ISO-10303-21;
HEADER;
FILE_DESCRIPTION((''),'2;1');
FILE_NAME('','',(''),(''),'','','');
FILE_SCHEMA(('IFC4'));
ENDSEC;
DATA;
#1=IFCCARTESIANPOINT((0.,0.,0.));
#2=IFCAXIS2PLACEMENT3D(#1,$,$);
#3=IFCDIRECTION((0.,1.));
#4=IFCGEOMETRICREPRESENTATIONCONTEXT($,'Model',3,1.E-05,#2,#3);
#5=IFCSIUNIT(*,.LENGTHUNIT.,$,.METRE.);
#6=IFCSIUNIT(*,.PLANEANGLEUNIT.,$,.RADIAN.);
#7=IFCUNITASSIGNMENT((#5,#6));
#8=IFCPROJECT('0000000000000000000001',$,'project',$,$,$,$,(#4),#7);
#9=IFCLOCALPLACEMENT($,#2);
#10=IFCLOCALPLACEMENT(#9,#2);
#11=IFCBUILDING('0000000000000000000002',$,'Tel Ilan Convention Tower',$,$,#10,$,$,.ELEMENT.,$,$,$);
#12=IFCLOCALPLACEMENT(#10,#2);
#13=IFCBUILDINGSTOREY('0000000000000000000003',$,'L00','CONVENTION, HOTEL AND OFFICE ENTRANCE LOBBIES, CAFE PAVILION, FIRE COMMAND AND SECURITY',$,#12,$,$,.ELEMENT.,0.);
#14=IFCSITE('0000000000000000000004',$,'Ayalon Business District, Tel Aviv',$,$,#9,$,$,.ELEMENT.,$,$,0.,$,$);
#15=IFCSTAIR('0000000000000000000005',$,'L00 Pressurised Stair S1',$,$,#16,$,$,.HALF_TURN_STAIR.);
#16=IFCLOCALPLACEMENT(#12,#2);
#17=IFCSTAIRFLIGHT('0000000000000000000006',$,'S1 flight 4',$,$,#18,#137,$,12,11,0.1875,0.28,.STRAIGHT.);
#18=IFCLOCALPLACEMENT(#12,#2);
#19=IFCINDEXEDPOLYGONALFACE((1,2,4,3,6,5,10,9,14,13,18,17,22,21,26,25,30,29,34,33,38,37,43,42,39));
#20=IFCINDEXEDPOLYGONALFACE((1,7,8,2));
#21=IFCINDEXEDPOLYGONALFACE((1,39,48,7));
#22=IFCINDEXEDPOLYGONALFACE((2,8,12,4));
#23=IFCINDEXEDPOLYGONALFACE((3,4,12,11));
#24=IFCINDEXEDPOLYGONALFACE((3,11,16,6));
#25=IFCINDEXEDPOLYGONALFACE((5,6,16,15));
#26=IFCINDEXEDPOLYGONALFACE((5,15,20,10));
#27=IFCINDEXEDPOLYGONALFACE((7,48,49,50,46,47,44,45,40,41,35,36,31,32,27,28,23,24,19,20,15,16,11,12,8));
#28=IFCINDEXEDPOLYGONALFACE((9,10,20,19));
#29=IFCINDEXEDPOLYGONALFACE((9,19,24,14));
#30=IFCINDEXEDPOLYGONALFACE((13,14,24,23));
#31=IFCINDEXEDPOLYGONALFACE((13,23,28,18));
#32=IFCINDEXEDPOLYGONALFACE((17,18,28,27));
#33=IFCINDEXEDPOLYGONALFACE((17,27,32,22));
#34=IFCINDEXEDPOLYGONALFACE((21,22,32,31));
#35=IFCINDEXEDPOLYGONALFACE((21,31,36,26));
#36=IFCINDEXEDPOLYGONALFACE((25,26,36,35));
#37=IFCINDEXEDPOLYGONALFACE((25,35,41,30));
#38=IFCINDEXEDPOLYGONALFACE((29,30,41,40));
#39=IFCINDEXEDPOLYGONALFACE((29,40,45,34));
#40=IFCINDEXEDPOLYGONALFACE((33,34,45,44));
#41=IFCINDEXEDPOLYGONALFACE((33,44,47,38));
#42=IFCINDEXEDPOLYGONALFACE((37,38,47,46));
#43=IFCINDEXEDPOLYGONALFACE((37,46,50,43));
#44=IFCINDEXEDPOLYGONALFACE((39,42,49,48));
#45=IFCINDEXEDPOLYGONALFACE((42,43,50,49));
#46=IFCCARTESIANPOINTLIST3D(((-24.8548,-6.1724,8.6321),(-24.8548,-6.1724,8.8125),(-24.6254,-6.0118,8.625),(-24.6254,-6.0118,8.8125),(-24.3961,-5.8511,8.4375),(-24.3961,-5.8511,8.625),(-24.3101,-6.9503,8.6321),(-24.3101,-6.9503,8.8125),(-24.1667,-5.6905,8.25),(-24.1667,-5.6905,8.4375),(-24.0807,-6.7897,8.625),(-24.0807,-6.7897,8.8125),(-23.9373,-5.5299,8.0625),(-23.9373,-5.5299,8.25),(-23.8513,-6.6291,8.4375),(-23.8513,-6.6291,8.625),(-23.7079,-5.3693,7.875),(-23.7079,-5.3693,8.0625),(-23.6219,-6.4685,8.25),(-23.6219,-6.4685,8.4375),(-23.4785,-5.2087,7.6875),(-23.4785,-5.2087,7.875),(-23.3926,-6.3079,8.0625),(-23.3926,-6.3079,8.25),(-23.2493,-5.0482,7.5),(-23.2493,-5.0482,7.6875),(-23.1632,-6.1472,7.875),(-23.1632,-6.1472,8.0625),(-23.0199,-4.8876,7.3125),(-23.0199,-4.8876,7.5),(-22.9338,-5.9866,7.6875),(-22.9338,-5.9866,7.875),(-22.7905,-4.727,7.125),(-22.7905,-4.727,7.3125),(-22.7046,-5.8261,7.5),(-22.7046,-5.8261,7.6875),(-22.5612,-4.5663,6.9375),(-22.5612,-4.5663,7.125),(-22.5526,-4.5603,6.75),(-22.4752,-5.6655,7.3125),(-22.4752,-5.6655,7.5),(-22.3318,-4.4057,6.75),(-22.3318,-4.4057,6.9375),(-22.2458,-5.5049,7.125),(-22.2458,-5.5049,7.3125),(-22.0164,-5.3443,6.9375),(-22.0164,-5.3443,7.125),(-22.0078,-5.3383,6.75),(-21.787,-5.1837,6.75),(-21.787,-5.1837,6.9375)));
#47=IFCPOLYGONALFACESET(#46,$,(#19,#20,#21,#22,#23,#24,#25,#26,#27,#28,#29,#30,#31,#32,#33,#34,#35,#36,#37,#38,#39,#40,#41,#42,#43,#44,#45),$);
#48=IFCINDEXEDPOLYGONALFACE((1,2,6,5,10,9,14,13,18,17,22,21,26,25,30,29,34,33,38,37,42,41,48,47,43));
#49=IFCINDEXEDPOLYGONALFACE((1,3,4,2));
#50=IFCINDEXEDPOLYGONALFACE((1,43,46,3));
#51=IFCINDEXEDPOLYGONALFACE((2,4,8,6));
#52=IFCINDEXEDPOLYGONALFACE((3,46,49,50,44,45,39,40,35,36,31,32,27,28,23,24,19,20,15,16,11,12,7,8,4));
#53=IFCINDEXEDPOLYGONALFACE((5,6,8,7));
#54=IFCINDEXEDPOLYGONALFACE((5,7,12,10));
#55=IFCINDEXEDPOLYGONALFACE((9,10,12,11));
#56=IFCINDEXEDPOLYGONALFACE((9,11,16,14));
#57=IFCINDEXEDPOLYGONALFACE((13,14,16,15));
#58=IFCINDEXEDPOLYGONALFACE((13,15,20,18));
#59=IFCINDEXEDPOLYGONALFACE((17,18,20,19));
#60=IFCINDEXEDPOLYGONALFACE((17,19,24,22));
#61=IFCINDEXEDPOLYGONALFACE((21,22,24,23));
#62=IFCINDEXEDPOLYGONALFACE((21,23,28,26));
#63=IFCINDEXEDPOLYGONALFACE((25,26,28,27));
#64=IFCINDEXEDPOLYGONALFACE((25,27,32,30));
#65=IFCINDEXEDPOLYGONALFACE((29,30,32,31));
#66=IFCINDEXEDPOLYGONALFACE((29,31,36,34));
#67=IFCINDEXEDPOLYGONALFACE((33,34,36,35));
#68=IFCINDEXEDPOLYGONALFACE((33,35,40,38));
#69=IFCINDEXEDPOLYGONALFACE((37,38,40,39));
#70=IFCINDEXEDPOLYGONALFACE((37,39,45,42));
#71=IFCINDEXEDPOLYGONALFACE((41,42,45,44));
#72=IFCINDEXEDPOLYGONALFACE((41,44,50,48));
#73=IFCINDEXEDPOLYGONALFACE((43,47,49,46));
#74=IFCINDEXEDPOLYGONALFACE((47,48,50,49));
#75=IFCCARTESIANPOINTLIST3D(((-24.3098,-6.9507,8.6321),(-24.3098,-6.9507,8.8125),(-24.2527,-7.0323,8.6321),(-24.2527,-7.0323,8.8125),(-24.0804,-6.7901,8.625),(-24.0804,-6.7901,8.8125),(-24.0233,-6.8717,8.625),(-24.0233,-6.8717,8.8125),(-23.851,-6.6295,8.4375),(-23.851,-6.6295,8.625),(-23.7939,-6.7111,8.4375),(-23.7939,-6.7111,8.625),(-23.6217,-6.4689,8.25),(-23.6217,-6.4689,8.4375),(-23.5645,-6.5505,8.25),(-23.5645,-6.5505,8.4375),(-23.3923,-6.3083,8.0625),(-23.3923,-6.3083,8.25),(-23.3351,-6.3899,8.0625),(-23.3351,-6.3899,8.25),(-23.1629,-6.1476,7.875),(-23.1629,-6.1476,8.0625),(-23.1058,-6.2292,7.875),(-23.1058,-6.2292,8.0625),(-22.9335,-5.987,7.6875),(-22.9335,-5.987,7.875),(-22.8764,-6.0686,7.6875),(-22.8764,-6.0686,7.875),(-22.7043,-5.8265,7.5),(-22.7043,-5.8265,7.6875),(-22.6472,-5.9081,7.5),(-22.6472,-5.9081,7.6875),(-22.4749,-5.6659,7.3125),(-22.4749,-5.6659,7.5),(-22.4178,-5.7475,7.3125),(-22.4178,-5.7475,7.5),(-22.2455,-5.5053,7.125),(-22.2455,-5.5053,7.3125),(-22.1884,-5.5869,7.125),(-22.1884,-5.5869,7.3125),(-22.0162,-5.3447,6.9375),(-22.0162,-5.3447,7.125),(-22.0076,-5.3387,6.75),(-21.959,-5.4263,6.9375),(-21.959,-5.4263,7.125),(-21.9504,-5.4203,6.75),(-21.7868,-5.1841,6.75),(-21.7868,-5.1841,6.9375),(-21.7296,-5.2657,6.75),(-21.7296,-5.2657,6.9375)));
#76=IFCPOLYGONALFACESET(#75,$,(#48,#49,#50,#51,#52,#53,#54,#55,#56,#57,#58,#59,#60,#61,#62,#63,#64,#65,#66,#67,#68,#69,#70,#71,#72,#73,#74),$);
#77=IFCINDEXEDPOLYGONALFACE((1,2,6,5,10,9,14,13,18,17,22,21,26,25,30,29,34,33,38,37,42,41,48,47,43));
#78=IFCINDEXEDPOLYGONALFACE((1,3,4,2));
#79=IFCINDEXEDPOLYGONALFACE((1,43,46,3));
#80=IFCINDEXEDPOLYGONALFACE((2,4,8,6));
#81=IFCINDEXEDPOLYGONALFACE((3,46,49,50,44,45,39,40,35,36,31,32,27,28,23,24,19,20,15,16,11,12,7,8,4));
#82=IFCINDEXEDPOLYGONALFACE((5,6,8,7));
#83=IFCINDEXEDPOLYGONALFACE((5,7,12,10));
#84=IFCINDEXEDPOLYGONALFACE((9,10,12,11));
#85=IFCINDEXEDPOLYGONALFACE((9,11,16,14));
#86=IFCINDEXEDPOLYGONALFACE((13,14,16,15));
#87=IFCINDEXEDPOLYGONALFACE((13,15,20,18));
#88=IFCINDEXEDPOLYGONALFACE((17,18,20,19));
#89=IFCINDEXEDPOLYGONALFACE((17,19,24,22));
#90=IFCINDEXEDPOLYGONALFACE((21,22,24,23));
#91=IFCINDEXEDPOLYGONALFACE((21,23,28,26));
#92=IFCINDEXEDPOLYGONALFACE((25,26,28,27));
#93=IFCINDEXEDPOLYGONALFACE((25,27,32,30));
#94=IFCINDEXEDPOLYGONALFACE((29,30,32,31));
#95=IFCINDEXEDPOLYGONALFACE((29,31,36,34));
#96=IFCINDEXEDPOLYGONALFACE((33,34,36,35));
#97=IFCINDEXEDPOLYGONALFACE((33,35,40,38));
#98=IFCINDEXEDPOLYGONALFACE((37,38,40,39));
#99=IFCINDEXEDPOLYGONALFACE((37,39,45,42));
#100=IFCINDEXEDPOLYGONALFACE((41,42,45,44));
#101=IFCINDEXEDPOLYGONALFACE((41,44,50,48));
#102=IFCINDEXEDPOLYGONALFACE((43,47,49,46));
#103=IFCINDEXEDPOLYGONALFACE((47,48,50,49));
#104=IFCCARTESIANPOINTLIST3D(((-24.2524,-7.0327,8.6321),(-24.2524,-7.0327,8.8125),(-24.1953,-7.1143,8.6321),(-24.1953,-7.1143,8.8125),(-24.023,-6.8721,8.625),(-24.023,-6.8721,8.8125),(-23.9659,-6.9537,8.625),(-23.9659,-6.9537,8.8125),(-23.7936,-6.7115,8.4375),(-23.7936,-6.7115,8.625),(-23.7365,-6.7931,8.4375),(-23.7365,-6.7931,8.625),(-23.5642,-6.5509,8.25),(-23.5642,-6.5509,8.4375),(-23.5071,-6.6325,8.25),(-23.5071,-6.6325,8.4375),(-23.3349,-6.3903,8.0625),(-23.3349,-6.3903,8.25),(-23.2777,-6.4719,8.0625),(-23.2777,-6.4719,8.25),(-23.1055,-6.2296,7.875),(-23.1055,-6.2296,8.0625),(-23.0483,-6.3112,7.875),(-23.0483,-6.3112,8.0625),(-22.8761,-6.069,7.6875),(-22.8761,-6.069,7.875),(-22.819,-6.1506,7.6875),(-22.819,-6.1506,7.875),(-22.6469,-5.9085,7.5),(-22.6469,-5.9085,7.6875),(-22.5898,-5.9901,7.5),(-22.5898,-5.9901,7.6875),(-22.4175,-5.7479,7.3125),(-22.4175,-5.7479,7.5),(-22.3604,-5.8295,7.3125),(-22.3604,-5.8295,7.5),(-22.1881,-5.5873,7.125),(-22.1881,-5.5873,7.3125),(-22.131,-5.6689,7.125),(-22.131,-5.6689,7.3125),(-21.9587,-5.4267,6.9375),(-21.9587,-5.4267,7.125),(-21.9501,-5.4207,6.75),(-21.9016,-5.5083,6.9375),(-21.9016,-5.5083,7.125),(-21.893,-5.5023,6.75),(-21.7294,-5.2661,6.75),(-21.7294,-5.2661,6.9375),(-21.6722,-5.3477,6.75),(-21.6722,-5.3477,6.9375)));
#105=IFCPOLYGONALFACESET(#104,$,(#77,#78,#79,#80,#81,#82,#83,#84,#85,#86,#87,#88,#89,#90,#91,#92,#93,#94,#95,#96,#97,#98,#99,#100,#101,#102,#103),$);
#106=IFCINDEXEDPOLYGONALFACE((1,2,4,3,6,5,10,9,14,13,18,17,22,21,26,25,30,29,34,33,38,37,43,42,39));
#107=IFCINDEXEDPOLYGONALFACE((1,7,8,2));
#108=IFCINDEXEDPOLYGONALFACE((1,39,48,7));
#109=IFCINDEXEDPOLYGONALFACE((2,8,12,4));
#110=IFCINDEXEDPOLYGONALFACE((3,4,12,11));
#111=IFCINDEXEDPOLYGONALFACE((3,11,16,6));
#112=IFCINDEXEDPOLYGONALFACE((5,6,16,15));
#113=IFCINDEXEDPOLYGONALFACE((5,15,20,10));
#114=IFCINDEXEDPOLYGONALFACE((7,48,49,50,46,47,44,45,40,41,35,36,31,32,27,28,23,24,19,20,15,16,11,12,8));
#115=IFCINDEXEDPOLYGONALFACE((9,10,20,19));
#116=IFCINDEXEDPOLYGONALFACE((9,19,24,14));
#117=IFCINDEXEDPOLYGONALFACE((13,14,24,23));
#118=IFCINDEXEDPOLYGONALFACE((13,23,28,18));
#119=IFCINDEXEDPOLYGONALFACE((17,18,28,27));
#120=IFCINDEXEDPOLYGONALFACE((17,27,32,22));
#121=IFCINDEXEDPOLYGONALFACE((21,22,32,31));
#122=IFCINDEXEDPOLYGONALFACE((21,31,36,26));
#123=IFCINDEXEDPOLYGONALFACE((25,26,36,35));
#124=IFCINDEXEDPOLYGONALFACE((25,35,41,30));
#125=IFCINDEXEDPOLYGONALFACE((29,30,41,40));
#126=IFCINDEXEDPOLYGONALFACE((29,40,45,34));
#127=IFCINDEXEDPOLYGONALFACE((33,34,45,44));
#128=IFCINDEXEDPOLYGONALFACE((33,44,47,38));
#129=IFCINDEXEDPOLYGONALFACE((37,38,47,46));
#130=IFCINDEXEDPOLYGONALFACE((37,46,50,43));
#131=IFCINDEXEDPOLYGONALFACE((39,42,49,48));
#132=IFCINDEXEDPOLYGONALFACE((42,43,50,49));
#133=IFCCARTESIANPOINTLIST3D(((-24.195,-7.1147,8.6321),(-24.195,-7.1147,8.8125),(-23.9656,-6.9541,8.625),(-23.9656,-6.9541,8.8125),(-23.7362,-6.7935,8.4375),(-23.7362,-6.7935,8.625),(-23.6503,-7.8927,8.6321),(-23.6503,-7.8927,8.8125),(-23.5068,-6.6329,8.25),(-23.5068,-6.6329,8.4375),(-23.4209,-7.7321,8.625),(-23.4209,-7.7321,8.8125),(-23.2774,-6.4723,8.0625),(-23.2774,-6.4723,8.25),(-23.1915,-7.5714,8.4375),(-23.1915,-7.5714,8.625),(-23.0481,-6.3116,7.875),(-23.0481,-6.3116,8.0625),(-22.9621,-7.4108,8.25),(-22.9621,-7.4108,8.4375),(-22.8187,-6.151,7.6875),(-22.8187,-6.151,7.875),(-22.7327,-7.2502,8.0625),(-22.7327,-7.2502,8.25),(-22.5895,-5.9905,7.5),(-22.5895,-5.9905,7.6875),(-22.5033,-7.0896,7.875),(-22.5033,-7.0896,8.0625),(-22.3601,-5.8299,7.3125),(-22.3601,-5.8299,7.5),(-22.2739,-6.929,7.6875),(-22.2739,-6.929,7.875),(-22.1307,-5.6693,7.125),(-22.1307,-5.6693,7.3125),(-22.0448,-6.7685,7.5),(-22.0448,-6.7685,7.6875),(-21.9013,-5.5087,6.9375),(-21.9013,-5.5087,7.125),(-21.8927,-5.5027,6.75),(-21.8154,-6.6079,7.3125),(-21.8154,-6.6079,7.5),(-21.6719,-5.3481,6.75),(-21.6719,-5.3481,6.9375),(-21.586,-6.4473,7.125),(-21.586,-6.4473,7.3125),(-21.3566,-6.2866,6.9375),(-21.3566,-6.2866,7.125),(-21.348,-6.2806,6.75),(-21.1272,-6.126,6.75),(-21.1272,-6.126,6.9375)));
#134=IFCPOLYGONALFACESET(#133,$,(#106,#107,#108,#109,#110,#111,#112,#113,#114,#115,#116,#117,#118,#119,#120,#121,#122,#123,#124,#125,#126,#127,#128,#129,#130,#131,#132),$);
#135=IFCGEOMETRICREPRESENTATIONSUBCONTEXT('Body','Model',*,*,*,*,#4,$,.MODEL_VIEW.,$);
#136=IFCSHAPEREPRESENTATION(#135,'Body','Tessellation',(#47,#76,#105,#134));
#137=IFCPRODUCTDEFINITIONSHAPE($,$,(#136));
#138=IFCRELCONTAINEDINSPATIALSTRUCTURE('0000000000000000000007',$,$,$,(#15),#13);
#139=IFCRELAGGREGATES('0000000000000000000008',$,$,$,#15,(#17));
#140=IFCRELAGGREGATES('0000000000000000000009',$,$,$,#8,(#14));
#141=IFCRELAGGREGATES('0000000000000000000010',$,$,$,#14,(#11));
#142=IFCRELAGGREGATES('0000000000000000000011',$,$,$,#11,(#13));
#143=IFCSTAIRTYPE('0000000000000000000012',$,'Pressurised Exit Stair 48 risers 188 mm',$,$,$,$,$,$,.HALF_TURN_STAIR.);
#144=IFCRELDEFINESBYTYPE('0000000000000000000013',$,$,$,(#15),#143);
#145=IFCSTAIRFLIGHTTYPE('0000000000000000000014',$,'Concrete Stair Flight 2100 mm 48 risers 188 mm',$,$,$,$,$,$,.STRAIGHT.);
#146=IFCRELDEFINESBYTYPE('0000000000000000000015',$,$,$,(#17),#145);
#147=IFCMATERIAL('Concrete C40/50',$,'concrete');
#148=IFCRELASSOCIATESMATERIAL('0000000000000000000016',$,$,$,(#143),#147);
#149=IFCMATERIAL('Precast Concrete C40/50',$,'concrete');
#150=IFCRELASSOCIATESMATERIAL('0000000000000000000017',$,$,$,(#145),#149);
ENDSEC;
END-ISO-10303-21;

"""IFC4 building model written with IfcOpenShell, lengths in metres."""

from ifc_helpers import new_model, si_unit, direction, frame, origin, place, context, subcontext, project, spatial, polyline, outline, extrude, material, type_object, element, aggregate, save


model = new_model("IFC4")

# Units and contexts
model_context = context("Model", 3, precision=1e-05, world=origin(), true_north=direction((0.0, 1.0)))
body_context = subcontext(model_context, "Body", "Model", "MODEL_VIEW")
ifc_project = project(units=[si_unit("LENGTHUNIT", "METRE"), si_unit("PLANEANGLEUNIT", "RADIAN")], contexts=[model_context])

# Site, building, storey
site_placement = place(None, origin())
site = spatial("IfcSite", under=ifc_project, at=site_placement, Name="Ayalon Business District, Tel Aviv", CompositionType="ELEMENT", RefElevation=0.0)
building_placement = place(site_placement, origin())
building = spatial("IfcBuilding", under=site, at=building_placement, Name="Tel Ilan Convention Tower", CompositionType="ELEMENT")
storey_placement = place(building_placement, origin())
storey = spatial("IfcBuildingStorey", under=building, at=storey_placement, Name="L00", Description="CONVENTION, HOTEL AND OFFICE ENTRANCE LOBBIES, CAFE PAVILION, FIRE COMMAND AND SECURITY", CompositionType="ELEMENT", Elevation=0.0)

# Stair, stair flight
ifc_material_1 = material(Name="Concrete C40/50", Category="concrete")
stair_type = type_object("IfcStairType", Name="Pressurised Exit Stair 48 risers 188 mm", PredefinedType="HALF_TURN_STAIR", material=ifc_material_1)
stair_1_placement = place(storey_placement, origin())
stair_1 = element("IfcStair", 1, at=stair_1_placement, inside=storey, type_object=stair_type, Name="L00 Pressurised Stair S1", PredefinedType="HALF_TURN_STAIR")
ifc_material_2 = material(Name="Precast Concrete C40/50", Category="concrete")
stair_flight_type = type_object("IfcStairFlightType", Name="Concrete Stair Flight 2100 mm 48 risers 188 mm", PredefinedType="STRAIGHT", material=ifc_material_2)
stair_flight_1_placement = place(storey_placement, frame((-21.7295, -5.2659, 6.75), z_axis=(0.0, 0.0, 1.0), x_axis=(-0.819152, -0.573576, 0.0)))
stair_flight_1 = element("IfcStairFlight", 2, at=stair_flight_1_placement, type_object=stair_flight_type, Name="S1 flight 4", NumberOfRisers=12, NumberOfTreads=11, PredefinedType="STRAIGHT", RiserHeight=0.1875, TreadLength=0.28, context=body_context, shape_type="SweptSolid", body=[
    extrude(outline(polyline([(0.0, 0.0), (0.0, 0.1875), (0.28, 0.1875), (0.28, 0.375), (0.5601, 0.375), (0.5601, 0.5625), (0.8401, 0.5625), (0.8401, 0.75), (1.1201, 0.75), (1.1201, 0.9375), (1.3999, 0.9375), (1.3999, 1.125), (1.6799, 1.125), (1.6799, 1.3125), (1.96, 1.3125), (1.96, 1.5), (2.24, 1.5), (2.24, 1.6875), (2.52, 1.6875), (2.52, 1.875), (2.8, 1.875), (2.8, 2.0625), (3.0801, 2.0625), (3.0801, 2.25), (3.0801, 1.8821), (0.2695, 0.0), (0.0, 0.0)])), frame((0.0, -0.1003, 0.0), z_axis=(0.0, -1.0, 0.0), x_axis=(1.0, 0.0, 0.0)), (0.0, 0.0, 1.0), 0.9497),
    extrude(outline(polyline([(0.0, 0.0), (0.0, 0.1875), (0.28, 0.1875), (0.28, 0.375), (0.5601, 0.375), (0.5601, 0.5625), (0.8401, 0.5625), (0.8401, 0.75), (1.1201, 0.75), (1.1201, 0.9375), (1.3999, 0.9375), (1.3999, 1.125), (1.6799, 1.125), (1.6799, 1.3125), (1.96, 1.3125), (1.96, 1.5), (2.24, 1.5), (2.24, 1.6875), (2.52, 1.6875), (2.52, 1.875), (2.8, 1.875), (2.8, 2.0625), (3.0801, 2.0625), (3.0801, 2.25), (3.0801, 1.8821), (0.2695, 0.0), (0.0, 0.0)])), frame((0.0, -0.0002, 0.0), z_axis=(0.0, -1.0, 0.0), x_axis=(1.0, 0.0, 0.0)), (0.0, 0.0, 1.0), 0.0996),
    extrude(outline(polyline([(0.0, 0.0), (0.0, 0.1875), (0.28, 0.1875), (0.28, 0.375), (0.5601, 0.375), (0.5601, 0.5625), (0.8401, 0.5625), (0.8401, 0.75), (1.1201, 0.75), (1.1201, 0.9375), (1.3999, 0.9375), (1.3999, 1.125), (1.6799, 1.125), (1.6799, 1.3125), (1.96, 1.3125), (1.96, 1.5), (2.24, 1.5), (2.24, 1.6875), (2.52, 1.6875), (2.52, 1.875), (2.8, 1.875), (2.8, 2.0625), (3.0801, 2.0625), (3.0801, 2.25), (3.0801, 1.8821), (0.2695, 0.0), (0.0, 0.0)])), frame((0.0, 0.0999, 0.0), z_axis=(0.0, -1.0, 0.0), x_axis=(1.0, 0.0, 0.0)), (0.0, 0.0, 1.0), 0.0996),
    extrude(outline(polyline([(0.0, 0.0), (0.0, 0.1875), (0.28, 0.1875), (0.28, 0.375), (0.5601, 0.375), (0.5601, 0.5625), (0.8401, 0.5625), (0.8401, 0.75), (1.1201, 0.75), (1.1201, 0.9375), (1.3999, 0.9375), (1.3999, 1.125), (1.6799, 1.125), (1.6799, 1.3125), (1.96, 1.3125), (1.96, 1.5), (2.24, 1.5), (2.24, 1.6875), (2.52, 1.6875), (2.52, 1.875), (2.8, 1.875), (2.8, 2.0625), (3.0801, 2.0625), (3.0801, 2.25), (3.0801, 1.8821), (0.2695, 0.0), (0.0, 0.0)])), frame((0.0, 1.05, 0.0), z_axis=(0.0, -1.0, 0.0), x_axis=(1.0, 0.0, 0.0)), (0.0, 0.0, 1.0), 0.9497),
])
aggregate(stair_1, [stair_flight_1])

save(model, "model.ifc")
